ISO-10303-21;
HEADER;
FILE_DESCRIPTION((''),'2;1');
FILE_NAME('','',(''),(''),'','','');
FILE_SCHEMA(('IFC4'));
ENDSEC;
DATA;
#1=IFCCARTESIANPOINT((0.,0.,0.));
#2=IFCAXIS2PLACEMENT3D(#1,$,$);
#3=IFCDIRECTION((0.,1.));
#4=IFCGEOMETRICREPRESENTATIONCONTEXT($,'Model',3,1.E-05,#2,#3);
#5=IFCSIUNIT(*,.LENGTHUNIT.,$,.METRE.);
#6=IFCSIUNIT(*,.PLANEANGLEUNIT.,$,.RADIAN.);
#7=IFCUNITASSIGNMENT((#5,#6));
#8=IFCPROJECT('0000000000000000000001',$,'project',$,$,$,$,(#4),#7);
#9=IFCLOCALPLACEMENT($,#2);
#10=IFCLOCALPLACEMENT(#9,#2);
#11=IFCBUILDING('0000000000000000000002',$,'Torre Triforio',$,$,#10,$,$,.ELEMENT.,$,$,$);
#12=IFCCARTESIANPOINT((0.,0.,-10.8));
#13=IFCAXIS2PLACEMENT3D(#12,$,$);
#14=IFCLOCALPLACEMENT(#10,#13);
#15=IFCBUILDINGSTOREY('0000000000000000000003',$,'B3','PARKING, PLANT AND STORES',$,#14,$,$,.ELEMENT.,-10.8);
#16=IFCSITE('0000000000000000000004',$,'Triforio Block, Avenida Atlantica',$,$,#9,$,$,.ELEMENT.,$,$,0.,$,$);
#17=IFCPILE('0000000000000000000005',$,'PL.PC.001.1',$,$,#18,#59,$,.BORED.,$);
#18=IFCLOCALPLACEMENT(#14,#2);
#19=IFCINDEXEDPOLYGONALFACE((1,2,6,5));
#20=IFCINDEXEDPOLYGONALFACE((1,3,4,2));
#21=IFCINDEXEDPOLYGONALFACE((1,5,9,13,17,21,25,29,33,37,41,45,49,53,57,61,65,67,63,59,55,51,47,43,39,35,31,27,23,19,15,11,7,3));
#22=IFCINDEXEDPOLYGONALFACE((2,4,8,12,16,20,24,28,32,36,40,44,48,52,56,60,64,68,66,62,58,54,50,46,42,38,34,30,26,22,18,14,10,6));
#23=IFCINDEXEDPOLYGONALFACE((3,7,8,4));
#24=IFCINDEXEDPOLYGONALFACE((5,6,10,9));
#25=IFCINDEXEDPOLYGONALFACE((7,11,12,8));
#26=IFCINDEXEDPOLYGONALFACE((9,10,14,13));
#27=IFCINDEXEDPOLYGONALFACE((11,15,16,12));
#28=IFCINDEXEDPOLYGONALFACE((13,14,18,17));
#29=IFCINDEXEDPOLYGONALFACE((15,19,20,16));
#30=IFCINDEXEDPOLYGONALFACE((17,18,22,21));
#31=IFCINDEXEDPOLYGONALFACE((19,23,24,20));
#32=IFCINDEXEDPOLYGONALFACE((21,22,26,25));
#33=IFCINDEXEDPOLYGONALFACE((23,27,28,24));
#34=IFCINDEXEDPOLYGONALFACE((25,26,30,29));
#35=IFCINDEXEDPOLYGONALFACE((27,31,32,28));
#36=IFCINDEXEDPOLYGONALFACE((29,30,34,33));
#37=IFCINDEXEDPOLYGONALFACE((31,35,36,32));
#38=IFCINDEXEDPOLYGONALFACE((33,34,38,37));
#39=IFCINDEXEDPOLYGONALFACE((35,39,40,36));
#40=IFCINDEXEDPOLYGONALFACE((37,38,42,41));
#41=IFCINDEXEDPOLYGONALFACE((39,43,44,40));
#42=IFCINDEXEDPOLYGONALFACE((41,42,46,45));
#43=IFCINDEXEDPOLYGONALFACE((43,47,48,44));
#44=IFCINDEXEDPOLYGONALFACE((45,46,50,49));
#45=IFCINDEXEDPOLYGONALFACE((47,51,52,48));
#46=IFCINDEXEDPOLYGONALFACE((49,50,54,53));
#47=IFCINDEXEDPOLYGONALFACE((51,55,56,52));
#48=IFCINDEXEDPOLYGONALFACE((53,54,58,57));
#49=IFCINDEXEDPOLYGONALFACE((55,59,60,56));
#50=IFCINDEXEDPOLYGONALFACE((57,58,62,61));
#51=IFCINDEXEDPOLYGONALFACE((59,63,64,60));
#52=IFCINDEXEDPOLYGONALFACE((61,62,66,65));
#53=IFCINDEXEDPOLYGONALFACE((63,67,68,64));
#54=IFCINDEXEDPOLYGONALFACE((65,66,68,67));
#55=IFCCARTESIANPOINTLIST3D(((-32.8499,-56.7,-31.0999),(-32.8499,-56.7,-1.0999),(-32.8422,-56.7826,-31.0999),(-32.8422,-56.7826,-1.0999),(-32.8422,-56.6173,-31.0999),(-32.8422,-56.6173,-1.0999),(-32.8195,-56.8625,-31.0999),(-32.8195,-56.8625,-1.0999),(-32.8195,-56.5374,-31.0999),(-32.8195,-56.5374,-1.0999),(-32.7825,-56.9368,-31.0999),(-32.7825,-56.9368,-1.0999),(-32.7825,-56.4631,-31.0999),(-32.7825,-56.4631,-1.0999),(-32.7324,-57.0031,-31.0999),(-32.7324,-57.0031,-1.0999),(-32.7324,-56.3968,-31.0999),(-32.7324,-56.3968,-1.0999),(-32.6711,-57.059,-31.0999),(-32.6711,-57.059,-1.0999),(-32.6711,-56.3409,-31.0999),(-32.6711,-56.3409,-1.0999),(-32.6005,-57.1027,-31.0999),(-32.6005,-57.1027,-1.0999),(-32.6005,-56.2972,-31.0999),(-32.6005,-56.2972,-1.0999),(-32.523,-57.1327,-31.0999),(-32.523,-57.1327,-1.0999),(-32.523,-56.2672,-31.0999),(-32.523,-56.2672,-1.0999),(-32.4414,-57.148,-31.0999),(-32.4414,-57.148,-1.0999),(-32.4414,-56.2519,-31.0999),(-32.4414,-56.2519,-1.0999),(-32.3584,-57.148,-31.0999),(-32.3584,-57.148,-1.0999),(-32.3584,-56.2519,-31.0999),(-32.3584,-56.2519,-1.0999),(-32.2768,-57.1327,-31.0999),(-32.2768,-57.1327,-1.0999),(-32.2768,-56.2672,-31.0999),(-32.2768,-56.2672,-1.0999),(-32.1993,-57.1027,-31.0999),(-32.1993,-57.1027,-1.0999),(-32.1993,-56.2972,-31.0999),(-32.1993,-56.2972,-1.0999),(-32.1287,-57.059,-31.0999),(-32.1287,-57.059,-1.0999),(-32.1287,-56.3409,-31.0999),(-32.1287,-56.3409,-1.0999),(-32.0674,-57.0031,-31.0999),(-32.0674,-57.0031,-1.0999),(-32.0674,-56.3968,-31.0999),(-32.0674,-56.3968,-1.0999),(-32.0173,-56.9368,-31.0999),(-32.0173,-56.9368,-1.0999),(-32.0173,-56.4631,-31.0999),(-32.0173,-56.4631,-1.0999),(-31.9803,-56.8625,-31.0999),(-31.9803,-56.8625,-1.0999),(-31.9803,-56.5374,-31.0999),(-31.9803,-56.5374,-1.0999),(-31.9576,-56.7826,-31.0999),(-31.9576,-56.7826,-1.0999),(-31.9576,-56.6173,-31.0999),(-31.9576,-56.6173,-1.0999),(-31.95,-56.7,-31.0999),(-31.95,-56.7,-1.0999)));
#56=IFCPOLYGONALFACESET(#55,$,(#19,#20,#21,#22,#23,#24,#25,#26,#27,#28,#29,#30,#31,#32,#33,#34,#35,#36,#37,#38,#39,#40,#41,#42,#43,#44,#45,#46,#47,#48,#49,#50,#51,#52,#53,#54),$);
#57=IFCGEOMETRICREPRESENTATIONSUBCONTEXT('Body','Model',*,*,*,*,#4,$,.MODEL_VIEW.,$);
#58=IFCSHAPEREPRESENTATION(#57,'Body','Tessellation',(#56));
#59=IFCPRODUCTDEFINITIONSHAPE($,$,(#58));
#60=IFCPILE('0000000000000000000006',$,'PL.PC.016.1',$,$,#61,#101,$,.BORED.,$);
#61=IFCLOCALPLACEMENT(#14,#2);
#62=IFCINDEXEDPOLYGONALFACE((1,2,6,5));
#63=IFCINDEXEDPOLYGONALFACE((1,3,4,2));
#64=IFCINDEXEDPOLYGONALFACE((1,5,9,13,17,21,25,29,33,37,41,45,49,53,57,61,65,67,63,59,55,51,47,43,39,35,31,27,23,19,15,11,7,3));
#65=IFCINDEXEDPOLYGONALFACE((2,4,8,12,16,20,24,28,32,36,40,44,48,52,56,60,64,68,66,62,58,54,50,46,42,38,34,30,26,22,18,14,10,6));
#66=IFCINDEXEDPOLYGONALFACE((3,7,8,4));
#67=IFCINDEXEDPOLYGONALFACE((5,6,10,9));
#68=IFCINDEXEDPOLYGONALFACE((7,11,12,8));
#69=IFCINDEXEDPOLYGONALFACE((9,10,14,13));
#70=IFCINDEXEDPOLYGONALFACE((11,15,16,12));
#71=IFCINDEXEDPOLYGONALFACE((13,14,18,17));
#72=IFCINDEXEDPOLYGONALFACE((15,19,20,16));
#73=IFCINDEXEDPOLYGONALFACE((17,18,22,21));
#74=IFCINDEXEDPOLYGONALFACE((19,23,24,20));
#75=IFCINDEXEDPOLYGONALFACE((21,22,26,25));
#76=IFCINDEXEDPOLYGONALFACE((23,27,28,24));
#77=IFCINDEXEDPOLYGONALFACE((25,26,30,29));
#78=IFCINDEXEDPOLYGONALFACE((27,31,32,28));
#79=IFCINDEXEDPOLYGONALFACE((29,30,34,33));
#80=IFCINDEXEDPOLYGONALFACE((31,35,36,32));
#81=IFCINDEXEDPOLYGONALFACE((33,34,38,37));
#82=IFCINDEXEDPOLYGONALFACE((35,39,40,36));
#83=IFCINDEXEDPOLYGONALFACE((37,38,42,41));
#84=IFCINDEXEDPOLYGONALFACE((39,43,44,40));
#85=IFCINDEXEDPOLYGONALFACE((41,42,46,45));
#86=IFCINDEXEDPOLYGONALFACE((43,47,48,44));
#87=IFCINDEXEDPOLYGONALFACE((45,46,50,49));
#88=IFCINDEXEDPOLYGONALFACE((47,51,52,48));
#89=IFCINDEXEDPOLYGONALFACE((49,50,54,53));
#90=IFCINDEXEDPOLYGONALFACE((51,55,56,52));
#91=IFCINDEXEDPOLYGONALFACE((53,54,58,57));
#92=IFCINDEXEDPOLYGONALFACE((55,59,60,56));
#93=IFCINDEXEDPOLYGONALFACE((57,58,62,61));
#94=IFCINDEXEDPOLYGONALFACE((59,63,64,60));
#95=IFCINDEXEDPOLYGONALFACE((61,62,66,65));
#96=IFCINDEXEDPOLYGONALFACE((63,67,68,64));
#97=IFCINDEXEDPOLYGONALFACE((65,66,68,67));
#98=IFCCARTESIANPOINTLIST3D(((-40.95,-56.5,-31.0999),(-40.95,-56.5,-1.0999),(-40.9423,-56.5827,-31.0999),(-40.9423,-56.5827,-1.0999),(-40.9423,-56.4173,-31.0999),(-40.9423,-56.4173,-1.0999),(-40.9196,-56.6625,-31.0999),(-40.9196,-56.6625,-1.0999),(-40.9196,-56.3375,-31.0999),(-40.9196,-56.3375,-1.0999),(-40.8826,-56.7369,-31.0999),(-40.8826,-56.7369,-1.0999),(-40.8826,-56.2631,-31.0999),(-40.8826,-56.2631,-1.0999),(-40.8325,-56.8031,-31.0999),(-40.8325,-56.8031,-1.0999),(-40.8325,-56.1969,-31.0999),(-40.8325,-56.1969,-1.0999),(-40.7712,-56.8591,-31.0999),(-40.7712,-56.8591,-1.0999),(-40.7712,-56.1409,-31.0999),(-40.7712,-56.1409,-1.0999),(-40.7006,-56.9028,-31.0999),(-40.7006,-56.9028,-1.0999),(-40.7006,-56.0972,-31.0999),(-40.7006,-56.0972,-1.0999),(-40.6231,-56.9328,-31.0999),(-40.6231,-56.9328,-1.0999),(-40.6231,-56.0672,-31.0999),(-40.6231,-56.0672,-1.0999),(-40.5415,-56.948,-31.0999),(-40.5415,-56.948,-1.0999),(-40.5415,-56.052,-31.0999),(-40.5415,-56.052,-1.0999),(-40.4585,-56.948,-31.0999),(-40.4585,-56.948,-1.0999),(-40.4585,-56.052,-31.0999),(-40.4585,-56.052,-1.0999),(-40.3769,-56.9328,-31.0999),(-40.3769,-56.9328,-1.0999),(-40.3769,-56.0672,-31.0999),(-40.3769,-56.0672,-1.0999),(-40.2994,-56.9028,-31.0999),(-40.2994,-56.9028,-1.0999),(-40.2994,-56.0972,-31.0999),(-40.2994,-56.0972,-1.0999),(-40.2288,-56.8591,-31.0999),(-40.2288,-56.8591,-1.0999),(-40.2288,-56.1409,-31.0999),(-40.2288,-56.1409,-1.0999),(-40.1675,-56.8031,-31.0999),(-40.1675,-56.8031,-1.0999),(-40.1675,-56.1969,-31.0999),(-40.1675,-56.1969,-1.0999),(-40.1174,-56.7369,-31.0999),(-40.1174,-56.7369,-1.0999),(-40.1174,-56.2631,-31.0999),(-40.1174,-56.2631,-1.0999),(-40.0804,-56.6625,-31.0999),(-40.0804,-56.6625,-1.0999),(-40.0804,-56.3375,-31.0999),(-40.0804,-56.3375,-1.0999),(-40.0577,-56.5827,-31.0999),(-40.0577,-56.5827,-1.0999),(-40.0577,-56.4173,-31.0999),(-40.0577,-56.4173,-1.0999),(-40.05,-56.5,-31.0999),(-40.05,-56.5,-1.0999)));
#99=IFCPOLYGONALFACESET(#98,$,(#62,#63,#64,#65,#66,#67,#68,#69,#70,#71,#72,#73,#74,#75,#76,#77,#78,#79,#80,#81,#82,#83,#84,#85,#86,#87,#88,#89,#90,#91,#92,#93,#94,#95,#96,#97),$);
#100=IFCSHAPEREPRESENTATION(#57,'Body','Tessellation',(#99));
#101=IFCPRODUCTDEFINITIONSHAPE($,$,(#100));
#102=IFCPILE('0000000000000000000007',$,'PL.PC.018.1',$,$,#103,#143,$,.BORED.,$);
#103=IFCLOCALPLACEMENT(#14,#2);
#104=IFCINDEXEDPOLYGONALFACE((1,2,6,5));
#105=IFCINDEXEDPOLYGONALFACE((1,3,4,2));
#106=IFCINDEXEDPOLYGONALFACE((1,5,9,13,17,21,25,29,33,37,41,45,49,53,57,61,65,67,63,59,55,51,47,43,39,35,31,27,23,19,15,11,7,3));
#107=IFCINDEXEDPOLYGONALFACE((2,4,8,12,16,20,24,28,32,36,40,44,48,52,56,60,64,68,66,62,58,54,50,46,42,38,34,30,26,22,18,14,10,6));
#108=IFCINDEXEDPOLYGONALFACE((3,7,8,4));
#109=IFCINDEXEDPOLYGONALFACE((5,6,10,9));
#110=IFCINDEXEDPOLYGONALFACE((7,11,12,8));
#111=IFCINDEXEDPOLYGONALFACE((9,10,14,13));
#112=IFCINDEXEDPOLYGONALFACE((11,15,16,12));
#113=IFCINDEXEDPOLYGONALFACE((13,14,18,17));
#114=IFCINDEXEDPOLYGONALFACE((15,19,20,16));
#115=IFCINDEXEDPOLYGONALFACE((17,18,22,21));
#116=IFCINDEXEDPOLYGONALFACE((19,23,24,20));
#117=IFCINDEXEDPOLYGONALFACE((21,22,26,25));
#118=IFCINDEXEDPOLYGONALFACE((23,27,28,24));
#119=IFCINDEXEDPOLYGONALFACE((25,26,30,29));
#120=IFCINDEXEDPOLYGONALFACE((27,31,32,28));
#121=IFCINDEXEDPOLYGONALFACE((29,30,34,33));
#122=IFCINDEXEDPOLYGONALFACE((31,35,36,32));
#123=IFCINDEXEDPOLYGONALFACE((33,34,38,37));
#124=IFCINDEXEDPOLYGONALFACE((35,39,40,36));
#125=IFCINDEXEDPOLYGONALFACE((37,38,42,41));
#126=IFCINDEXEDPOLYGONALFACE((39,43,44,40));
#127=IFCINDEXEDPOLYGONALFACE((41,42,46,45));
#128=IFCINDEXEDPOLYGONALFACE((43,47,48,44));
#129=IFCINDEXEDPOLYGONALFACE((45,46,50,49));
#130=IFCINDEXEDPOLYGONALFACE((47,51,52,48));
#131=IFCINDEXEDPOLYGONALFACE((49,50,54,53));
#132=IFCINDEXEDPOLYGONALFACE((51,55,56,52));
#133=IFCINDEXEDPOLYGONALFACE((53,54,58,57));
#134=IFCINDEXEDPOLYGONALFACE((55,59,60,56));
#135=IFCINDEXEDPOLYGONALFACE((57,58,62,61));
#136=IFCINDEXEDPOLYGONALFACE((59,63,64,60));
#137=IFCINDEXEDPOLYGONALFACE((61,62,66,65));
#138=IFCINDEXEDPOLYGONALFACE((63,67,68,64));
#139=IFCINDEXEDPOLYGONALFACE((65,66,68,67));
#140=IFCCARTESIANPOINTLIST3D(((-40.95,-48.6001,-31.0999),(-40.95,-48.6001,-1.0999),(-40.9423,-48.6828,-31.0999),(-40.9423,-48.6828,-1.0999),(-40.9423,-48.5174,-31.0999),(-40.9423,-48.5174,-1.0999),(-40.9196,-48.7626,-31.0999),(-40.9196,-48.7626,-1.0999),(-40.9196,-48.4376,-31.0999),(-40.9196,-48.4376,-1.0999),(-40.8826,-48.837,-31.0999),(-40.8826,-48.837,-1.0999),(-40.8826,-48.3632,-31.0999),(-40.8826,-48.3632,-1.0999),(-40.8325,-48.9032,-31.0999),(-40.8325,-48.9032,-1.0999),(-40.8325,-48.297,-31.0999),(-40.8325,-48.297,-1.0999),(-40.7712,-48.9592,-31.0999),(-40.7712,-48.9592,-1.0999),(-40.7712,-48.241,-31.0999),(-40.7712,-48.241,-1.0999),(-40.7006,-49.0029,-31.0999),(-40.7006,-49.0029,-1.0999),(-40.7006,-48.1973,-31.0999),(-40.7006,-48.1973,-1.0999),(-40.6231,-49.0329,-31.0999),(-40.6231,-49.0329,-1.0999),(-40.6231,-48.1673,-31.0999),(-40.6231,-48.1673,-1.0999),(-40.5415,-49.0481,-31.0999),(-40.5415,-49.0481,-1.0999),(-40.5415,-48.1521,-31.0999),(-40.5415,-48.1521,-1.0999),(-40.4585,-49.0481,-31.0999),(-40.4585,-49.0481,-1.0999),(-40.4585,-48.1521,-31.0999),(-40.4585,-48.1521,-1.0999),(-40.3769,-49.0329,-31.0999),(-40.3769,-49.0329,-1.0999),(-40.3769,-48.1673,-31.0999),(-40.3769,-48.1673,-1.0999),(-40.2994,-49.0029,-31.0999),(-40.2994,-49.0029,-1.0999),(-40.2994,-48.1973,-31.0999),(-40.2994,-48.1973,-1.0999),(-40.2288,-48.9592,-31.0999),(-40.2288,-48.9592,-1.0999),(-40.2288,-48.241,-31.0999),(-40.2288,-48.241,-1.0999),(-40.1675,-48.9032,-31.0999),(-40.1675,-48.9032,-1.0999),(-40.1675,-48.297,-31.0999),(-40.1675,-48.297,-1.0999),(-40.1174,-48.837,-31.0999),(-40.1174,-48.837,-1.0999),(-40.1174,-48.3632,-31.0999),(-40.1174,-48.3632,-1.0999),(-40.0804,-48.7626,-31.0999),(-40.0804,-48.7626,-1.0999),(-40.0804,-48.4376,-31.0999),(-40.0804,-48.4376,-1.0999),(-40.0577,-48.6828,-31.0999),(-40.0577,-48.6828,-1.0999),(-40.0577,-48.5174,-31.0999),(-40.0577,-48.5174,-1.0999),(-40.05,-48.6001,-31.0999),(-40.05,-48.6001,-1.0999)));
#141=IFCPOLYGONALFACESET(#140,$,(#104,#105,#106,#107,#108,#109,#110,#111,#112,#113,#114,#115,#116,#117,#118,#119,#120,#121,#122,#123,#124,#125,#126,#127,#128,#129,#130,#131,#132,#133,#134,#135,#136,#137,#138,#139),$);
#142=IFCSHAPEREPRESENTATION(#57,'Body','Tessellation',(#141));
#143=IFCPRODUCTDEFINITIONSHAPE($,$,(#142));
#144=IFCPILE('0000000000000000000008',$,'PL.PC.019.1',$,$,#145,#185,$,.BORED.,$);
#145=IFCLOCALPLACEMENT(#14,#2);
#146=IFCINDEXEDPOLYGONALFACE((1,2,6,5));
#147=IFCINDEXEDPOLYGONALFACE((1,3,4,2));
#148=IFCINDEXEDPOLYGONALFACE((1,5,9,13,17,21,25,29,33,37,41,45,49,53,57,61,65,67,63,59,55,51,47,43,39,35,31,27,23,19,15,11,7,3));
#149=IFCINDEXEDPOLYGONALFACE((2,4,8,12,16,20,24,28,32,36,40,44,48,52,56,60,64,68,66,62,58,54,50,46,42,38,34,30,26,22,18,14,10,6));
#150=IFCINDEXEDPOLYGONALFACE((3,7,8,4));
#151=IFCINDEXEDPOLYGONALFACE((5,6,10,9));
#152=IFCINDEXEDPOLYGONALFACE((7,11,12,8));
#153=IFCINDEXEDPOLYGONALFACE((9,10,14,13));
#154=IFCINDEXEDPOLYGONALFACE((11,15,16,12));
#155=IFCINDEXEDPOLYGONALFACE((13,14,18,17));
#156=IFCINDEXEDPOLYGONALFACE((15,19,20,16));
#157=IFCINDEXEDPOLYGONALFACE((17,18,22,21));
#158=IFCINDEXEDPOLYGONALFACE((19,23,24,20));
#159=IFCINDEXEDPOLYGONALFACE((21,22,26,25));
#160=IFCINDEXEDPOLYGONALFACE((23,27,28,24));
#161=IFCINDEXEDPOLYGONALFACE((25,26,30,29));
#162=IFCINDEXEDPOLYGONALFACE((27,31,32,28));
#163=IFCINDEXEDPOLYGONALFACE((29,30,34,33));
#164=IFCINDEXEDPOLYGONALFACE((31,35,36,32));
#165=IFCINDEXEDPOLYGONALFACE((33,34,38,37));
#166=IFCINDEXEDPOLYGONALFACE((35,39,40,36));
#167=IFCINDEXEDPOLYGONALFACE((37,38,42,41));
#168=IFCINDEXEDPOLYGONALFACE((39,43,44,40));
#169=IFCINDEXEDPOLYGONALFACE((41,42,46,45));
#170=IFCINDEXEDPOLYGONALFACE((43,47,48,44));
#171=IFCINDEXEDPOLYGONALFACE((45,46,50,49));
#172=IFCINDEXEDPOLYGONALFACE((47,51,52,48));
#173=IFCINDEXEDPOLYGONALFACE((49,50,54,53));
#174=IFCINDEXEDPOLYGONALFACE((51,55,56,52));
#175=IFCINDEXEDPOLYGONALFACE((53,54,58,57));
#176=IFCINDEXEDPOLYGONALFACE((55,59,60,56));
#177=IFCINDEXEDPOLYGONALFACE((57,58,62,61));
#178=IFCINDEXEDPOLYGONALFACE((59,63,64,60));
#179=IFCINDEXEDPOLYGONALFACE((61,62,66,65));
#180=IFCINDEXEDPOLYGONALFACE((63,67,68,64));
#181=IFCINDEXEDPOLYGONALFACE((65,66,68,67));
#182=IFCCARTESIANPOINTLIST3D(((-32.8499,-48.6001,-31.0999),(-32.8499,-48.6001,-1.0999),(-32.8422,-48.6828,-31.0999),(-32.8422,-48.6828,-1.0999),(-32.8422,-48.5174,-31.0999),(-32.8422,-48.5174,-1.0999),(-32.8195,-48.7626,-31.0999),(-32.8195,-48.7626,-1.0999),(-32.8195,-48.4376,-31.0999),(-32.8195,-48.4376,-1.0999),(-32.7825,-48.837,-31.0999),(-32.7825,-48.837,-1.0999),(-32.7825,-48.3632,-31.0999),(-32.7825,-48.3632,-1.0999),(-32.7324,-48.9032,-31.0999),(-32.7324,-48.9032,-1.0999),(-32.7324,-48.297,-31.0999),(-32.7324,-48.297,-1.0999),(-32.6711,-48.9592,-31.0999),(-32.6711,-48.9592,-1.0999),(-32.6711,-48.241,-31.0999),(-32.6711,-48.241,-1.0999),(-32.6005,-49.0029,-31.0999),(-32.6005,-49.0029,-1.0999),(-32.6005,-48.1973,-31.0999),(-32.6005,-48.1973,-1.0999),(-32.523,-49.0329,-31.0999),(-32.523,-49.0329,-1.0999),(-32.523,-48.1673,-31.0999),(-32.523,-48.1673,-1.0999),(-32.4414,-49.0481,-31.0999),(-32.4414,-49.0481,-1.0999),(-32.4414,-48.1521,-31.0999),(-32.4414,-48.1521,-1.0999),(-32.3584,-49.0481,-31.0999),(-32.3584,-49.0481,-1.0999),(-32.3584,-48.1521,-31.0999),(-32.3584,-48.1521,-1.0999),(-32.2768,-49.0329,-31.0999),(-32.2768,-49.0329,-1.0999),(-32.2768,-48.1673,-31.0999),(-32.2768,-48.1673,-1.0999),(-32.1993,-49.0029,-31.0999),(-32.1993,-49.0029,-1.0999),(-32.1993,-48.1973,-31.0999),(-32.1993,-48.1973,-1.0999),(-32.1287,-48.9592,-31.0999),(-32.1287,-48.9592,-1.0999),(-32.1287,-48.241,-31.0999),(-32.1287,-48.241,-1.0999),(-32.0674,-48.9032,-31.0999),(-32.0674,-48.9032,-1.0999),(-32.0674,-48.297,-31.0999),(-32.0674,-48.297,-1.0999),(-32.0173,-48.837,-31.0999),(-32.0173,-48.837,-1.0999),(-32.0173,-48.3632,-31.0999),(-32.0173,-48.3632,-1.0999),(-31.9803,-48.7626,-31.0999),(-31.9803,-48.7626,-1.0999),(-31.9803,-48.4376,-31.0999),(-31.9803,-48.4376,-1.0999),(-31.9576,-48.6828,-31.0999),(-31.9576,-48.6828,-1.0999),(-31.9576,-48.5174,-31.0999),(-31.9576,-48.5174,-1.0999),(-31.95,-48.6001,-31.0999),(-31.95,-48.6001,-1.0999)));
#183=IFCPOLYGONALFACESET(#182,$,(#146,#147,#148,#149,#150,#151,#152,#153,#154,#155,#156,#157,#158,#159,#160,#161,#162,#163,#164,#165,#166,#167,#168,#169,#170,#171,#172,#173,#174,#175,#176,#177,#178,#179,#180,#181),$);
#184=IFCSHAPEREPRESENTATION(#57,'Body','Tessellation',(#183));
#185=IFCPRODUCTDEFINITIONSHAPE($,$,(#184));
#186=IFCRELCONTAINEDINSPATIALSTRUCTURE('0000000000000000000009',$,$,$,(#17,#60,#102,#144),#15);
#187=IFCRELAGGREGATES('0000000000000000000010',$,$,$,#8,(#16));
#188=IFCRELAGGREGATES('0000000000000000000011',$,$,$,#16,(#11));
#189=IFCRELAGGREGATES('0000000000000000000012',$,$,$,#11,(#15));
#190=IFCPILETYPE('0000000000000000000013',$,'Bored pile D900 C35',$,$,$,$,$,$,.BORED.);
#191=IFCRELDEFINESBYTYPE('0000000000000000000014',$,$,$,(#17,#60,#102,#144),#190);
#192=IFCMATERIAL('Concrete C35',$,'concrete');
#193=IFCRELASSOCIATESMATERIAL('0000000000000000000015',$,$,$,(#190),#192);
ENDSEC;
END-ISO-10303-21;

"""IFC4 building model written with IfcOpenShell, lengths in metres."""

from ifc_helpers import new_model, si_unit, direction, frame, origin, origin_2d, place, context, subcontext, project, spatial, circle, extrude, material, material_profile, profile_set, type_object, element, save


model = new_model("IFC4")

# Units and contexts
model_context = context("Model", 3, precision=1e-05, world=origin(), true_north=direction((0.0, 1.0)))
body_context = subcontext(model_context, "Body", "Model", "MODEL_VIEW")
ifc_project = project(units=[si_unit("LENGTHUNIT", "METRE"), si_unit("PLANEANGLEUNIT", "RADIAN")], contexts=[model_context])

# Site, building, storey
site_placement = place(None, origin())
site = spatial("IfcSite", under=ifc_project, at=site_placement, Name="Triforio Block, Avenida Atlantica", CompositionType="ELEMENT", RefElevation=0.0)
building_placement = place(site_placement, origin())
building = spatial("IfcBuilding", under=site, at=building_placement, Name="Torre Triforio", CompositionType="ELEMENT")
storey_placement = place(building_placement, frame((0.0, 0.0, -10.8)))
storey = spatial("IfcBuildingStorey", under=building, at=storey_placement, Name="B3", Description="PARKING, PLANT AND STORES", CompositionType="ELEMENT", Elevation=-10.8)

# Piles
ifc_material_1 = material(Name="Concrete C35", Category="concrete")
ifc_material_profile_1 = material_profile(ifc_material_1, circle(Radius=0.45, at=origin_2d()), Name="RC D900")
ifc_profile_set_1 = profile_set([ifc_material_profile_1], Name="Concrete C35")
pile_type = type_object("IfcPileType", Name="Bored pile D900 C35", PredefinedType="BORED", material=ifc_profile_set_1)
for number, where, z_axis, x_axis, name in (
    (1, (-32.3999, -56.7, -1.0999), (0.0, 0.0, -1.0), (1.0, 0.0, 0.0), "PL.PC.001.1"),
    (2, (-40.5, -56.5, -1.0999), (0.0, 0.0, -1.0), (1.0, 0.0, 0.0), "PL.PC.016.1"),
    (3, (-40.5, -48.6001, -1.0999), (0.0, 0.0, -1.0), (1.0, 0.0, 0.0), "PL.PC.018.1"),
    (4, (-32.3999, -48.6001, -1.0999), (0.0, 0.0, -1.0), (1.0, 0.0, 0.0), "PL.PC.019.1"),
):
    element("IfcPile", number, at=place(storey_placement, frame(where, z_axis=z_axis, x_axis=x_axis)), inside=storey, type_object=pile_type, Name=name, PredefinedType="BORED", context=body_context, shape_type="SweptSolid", body=[
        extrude(circle(Radius=0.45, at=origin_2d()), origin(), (0.0, 0.0, 1.0), 30.0),
    ])

save(model, "model.ifc")
